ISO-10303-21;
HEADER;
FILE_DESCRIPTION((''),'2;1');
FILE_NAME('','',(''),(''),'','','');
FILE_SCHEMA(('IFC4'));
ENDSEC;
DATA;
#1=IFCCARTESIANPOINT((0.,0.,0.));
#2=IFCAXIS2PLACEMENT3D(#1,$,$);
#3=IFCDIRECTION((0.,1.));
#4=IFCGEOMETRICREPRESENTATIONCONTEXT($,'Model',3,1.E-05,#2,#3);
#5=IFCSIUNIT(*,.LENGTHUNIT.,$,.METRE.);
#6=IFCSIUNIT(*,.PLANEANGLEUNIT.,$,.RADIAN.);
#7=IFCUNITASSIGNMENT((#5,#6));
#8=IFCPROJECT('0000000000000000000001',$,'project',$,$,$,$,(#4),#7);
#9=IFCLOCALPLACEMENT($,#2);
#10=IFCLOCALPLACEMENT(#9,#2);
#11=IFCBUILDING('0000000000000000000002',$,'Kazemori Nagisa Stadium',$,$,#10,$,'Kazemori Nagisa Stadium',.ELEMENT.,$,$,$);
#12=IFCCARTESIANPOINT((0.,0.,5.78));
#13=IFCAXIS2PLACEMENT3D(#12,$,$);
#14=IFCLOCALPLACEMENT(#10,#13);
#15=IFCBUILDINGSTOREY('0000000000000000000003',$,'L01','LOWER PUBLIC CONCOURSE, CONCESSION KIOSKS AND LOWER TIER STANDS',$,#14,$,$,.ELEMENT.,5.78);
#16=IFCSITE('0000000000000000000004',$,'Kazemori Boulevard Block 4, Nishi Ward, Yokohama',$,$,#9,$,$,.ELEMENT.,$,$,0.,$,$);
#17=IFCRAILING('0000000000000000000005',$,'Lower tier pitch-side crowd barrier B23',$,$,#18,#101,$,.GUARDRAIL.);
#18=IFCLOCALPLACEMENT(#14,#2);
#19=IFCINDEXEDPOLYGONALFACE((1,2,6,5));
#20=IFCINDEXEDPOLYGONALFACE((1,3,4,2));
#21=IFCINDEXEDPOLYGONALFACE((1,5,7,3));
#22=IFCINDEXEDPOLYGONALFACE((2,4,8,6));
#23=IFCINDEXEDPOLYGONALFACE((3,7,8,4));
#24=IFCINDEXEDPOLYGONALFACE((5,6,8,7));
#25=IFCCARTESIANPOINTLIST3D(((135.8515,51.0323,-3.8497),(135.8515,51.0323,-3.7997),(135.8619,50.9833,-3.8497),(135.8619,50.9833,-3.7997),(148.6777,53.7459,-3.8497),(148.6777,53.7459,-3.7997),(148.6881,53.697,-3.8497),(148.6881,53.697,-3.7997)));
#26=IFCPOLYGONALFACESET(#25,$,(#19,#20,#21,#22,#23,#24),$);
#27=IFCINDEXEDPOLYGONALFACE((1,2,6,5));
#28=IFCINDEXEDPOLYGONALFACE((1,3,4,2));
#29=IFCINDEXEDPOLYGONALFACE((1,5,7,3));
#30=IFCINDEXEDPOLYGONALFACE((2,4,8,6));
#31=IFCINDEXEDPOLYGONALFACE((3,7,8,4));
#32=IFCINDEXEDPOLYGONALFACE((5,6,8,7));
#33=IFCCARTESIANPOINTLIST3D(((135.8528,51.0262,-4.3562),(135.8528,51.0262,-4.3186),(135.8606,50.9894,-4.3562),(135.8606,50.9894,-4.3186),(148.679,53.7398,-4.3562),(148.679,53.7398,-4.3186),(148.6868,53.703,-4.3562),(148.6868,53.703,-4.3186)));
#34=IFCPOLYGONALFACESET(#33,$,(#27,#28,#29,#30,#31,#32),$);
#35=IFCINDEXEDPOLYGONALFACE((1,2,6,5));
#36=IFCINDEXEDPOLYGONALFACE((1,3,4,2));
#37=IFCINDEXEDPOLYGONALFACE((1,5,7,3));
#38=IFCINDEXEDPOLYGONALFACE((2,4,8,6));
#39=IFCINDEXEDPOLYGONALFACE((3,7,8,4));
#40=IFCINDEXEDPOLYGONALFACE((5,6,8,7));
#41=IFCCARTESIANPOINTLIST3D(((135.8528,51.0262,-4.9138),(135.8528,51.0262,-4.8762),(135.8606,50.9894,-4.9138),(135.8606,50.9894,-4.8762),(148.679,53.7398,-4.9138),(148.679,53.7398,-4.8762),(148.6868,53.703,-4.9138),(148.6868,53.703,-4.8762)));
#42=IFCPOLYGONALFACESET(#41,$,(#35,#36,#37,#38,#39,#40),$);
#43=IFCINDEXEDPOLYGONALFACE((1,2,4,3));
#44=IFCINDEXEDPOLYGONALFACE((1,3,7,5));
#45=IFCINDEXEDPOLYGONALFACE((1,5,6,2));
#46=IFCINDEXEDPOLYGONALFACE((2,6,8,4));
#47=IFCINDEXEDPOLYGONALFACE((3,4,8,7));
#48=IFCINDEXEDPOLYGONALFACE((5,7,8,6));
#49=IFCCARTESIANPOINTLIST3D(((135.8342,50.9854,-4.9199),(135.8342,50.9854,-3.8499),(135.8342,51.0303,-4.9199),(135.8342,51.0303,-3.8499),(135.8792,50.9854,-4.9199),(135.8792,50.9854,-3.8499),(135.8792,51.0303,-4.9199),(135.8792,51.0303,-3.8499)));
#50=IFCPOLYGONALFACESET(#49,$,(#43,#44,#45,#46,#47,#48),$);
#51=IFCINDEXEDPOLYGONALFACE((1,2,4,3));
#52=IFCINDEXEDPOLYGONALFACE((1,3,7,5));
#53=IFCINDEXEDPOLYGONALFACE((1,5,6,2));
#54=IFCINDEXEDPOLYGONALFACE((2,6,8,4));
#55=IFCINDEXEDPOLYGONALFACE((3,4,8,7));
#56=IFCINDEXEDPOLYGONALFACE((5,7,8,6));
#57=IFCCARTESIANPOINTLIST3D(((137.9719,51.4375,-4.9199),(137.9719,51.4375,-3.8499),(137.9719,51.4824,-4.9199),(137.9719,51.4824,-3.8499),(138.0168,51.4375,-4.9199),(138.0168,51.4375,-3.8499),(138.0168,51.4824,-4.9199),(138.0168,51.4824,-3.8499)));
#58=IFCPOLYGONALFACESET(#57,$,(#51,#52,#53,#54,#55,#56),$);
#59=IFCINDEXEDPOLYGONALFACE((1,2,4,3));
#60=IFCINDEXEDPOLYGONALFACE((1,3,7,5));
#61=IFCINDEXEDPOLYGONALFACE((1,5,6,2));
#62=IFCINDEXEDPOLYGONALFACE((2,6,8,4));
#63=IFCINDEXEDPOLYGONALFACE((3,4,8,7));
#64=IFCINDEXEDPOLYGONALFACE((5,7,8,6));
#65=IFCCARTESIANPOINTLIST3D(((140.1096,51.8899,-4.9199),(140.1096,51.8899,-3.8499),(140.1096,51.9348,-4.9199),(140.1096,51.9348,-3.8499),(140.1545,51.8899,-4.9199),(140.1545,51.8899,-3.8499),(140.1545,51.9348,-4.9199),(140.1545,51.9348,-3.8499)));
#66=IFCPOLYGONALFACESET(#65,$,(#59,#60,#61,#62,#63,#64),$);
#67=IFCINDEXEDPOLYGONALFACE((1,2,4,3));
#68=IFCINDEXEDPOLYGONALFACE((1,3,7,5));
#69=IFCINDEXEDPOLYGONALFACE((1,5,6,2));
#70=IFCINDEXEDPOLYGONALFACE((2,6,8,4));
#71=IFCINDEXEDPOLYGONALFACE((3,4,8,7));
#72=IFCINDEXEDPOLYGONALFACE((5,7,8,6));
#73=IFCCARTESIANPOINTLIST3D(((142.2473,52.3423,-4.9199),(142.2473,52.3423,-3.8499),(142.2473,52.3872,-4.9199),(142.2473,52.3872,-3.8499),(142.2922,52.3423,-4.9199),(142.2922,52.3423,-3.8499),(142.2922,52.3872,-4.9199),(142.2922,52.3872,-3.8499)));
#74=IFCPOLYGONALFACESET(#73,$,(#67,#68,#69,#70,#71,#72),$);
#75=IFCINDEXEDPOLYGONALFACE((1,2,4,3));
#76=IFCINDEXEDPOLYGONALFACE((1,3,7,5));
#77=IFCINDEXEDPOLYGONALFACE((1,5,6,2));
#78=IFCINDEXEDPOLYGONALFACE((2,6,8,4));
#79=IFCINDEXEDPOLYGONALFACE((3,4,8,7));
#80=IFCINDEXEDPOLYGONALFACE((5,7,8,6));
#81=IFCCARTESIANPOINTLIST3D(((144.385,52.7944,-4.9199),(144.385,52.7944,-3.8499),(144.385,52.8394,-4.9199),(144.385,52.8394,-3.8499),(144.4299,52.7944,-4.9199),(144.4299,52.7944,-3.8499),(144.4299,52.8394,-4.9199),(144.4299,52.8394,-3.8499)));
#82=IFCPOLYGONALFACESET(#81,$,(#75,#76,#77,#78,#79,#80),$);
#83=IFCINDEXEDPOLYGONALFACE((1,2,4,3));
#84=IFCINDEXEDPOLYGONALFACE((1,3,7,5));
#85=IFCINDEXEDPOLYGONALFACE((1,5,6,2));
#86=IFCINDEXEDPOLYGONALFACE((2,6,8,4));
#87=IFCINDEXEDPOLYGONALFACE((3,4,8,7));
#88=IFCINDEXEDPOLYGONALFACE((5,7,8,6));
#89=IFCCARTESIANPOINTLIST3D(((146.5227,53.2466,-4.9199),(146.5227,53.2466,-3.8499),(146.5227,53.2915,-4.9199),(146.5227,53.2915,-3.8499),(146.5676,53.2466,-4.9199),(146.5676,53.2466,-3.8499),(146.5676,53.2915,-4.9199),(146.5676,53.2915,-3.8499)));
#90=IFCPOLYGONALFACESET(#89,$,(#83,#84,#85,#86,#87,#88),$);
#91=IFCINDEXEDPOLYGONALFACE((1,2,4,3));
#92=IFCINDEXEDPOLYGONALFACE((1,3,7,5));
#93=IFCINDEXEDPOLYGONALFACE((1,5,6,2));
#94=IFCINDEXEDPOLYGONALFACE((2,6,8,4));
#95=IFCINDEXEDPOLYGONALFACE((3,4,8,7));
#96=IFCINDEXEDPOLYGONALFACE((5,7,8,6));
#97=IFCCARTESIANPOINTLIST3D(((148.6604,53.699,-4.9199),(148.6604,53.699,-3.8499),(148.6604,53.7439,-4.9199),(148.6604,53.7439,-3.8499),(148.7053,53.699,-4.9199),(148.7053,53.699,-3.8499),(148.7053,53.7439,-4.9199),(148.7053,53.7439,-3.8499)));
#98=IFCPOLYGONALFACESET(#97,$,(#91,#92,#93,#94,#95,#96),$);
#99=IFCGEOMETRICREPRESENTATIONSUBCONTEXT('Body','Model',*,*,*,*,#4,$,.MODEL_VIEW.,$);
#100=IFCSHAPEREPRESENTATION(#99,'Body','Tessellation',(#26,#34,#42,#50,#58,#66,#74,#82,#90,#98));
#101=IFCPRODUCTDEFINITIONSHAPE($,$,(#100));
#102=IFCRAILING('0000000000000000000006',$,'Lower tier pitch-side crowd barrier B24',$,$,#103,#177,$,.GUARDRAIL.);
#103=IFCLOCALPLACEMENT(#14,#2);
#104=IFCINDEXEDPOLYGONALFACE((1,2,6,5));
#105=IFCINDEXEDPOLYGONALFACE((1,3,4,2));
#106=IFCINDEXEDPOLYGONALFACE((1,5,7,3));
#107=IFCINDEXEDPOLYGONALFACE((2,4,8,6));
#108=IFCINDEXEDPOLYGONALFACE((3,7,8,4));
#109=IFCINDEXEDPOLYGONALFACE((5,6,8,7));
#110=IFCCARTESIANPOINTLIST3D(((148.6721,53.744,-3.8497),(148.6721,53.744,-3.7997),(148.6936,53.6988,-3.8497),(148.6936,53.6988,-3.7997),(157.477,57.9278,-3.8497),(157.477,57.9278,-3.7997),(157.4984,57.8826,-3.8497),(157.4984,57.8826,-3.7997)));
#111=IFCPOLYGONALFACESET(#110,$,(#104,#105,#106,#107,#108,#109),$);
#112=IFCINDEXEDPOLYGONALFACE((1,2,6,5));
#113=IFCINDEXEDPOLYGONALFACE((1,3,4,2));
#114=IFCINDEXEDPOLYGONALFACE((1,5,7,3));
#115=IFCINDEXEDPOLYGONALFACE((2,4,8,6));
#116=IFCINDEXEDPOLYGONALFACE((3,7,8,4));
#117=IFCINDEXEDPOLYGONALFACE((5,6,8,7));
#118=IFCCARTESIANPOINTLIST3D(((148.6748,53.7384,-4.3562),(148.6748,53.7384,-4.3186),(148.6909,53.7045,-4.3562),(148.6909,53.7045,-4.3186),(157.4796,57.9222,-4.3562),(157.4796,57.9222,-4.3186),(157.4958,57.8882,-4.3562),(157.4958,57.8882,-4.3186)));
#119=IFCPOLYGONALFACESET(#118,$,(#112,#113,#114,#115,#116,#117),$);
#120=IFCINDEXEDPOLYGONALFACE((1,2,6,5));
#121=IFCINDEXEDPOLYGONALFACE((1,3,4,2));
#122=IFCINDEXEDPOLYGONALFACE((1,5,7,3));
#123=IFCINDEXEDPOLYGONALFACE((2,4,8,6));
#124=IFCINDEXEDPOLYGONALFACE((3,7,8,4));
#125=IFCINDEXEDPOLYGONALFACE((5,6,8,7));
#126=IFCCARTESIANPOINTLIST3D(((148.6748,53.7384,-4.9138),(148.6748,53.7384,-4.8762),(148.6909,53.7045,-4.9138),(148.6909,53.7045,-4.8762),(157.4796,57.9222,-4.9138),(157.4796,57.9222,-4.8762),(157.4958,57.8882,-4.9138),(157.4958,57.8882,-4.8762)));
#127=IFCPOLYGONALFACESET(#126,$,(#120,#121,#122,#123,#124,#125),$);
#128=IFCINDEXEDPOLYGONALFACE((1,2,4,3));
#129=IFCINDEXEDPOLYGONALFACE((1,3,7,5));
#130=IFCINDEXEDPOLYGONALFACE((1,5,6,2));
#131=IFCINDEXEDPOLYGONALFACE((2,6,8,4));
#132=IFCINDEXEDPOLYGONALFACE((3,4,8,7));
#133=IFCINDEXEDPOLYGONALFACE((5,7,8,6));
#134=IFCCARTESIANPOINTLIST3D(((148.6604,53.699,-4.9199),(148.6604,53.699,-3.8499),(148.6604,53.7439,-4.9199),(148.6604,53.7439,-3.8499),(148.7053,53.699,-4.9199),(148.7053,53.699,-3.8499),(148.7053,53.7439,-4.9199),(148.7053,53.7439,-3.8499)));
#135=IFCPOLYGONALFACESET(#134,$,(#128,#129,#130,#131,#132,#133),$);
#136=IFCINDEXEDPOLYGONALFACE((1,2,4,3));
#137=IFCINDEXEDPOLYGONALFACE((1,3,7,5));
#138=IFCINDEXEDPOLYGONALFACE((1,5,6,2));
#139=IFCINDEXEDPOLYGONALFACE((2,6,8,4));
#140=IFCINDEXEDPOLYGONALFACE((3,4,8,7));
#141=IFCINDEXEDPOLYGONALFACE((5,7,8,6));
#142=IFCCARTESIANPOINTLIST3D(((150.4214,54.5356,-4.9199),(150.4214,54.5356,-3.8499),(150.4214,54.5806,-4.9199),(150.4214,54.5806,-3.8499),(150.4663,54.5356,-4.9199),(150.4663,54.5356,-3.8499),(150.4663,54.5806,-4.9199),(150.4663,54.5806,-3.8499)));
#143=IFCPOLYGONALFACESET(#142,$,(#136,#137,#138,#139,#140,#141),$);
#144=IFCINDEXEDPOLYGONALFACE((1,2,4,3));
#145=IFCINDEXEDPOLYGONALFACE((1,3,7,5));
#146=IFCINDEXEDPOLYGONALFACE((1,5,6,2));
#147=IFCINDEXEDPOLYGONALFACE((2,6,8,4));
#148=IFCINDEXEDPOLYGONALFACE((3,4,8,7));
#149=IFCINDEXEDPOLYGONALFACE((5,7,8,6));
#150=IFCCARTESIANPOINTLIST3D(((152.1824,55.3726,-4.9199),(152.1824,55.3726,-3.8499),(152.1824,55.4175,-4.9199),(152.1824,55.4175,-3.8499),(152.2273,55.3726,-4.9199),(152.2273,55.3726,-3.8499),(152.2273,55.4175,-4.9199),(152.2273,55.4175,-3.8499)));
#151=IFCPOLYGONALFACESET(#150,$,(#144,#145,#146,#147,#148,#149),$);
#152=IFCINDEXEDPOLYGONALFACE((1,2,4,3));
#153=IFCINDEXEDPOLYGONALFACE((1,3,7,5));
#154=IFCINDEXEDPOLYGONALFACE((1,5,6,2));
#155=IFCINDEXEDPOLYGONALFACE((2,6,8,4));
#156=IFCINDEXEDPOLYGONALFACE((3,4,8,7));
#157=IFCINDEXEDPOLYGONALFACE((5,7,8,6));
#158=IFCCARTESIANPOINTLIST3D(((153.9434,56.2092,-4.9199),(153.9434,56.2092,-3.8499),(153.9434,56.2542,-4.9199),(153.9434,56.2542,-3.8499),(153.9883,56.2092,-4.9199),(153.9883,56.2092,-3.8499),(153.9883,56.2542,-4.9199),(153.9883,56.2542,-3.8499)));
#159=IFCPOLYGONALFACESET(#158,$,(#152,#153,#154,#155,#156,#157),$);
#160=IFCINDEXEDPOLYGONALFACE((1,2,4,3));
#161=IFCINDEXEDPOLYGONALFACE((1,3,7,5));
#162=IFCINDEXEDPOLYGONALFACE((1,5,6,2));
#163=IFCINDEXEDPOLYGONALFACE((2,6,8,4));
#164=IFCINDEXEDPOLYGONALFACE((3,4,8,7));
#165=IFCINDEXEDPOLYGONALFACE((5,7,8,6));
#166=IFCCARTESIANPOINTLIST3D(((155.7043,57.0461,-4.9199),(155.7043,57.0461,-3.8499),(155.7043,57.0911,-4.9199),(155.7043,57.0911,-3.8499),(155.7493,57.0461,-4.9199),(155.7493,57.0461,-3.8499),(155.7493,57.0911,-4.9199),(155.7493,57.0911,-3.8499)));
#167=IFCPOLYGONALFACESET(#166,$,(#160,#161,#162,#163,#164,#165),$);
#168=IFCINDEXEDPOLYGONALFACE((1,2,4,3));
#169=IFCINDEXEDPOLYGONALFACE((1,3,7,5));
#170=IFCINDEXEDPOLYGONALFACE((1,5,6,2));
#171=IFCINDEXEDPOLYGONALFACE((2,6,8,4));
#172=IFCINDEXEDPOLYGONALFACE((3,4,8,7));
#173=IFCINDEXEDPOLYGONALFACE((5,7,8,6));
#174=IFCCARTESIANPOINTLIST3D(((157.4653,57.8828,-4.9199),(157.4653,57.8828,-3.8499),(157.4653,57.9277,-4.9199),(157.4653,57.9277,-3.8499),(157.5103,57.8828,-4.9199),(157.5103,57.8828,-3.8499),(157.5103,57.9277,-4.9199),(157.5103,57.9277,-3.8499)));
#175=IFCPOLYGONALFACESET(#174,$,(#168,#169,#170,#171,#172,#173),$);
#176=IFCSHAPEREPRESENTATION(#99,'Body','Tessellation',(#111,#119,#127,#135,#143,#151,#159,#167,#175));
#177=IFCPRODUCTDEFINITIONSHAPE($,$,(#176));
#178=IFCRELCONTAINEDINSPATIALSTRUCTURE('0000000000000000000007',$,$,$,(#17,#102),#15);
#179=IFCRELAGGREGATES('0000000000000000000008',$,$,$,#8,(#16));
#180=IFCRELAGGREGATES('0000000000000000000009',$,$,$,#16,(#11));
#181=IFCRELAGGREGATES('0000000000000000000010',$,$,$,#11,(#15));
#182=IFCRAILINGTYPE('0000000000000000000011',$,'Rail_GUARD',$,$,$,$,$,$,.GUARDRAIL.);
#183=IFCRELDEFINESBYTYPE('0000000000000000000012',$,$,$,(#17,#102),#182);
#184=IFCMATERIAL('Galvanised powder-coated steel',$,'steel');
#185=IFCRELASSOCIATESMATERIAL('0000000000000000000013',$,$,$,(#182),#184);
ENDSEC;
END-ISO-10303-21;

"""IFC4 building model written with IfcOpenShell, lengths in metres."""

from ifc_helpers import new_model, si_unit, direction, frame, origin, origin_2d, place, context, subcontext, project, spatial, rectangle, extrude, material, type_object, element, save


model = new_model("IFC4")

# Units and contexts
model_context = context("Model", 3, precision=1e-05, world=origin(), true_north=direction((0.0, 1.0)))
body_context = subcontext(model_context, "Body", "Model", "MODEL_VIEW")
ifc_project = project(units=[si_unit("LENGTHUNIT", "METRE"), si_unit("PLANEANGLEUNIT", "RADIAN")], contexts=[model_context])

# Site, building, storey
site_placement = place(None, origin())
site = spatial("IfcSite", under=ifc_project, at=site_placement, Name="Kazemori Boulevard Block 4, Nishi Ward, Yokohama", CompositionType="ELEMENT", RefElevation=0.0)
building_placement = place(site_placement, origin())
building = spatial("IfcBuilding", under=site, at=building_placement, Name="Kazemori Nagisa Stadium", LongName="Kazemori Nagisa Stadium", CompositionType="ELEMENT")
storey_placement = place(building_placement, frame((0.0, 0.0, 5.78)))
storey = spatial("IfcBuildingStorey", under=building, at=storey_placement, Name="L01", Description="LOWER PUBLIC CONCOURSE, CONCESSION KIOSKS AND LOWER TIER STANDS", CompositionType="ELEMENT", Elevation=5.78)

# Railings
ifc_material_1 = material(Name="Galvanised powder-coated steel", Category="steel")
railing_type_1 = type_object("IfcRailingType", Name="Rail_GUARD", PredefinedType="GUARDRAIL", material=ifc_material_1)
railing_1_placement = place(storey_placement, frame((135.8567, 51.0078, -4.9199)))
element("IfcRailing", 1, at=railing_1_placement, inside=storey, type_object=railing_type_1, Name="Lower tier pitch-side crowd barrier B23", PredefinedType="GUARDRAIL", context=body_context, shape_type="SweptSolid", body=[
    extrude(rectangle(XDim=0.05, YDim=0.05, at=origin_2d()), frame((0.0, 0.0, 1.0952), z_axis=(0.978344, 0.206987, 0.0), x_axis=(-0.206987, 0.978344, 0.0)), (0.0, 0.0, 1.0), 13.1101),
    extrude(rectangle(XDim=0.0376, YDim=0.0376, at=origin_2d()), frame((0.0, 0.0, 0.5825), z_axis=(0.978344, 0.206987, 0.0), x_axis=(-0.206987, 0.978344, 0.0)), (0.0, 0.0, 1.0), 13.1101),
    extrude(rectangle(XDim=0.0376, YDim=0.0376, at=origin_2d()), frame((0.0, 0.0, 0.0249), z_axis=(0.978344, 0.206987, 0.0), x_axis=(-0.206987, 0.978344, 0.0)), (0.0, 0.0, 1.0), 13.1101),
    extrude(rectangle(XDim=0.0449, YDim=0.0449, at=origin_2d()), origin(), (0.0, 0.0, 1.0), 1.0701),
    extrude(rectangle(XDim=0.0449, YDim=0.0449, at=origin_2d()), frame((2.1377, 0.4521, 0.0)), (0.0, 0.0, 1.0), 1.0701),
    extrude(rectangle(XDim=0.0449, YDim=0.0449, at=origin_2d()), frame((4.2754, 0.9045, 0.0)), (0.0, 0.0, 1.0), 1.0701),
    extrude(rectangle(XDim=0.0449, YDim=0.0449, at=origin_2d()), frame((6.4131, 1.3569, 0.0)), (0.0, 0.0, 1.0), 1.0701),
    extrude(rectangle(XDim=0.0449, YDim=0.0449, at=origin_2d()), frame((8.5508, 1.8091, 0.0)), (0.0, 0.0, 1.0), 1.0701),
    extrude(rectangle(XDim=0.0449, YDim=0.0449, at=origin_2d()), frame((10.6885, 2.2612, 0.0)), (0.0, 0.0, 1.0), 1.0701),
    extrude(rectangle(XDim=0.0449, YDim=0.0449, at=origin_2d()), frame((12.8262, 2.7136, 0.0)), (0.0, 0.0, 1.0), 1.0701),
])
railing_2_placement = place(storey_placement, frame((148.6829, 53.7214, -4.9199)))
element("IfcRailing", 2, at=railing_2_placement, inside=storey, type_object=railing_type_1, Name="Lower tier pitch-side crowd barrier B24", PredefinedType="GUARDRAIL", context=body_context, shape_type="SweptSolid", body=[
    extrude(rectangle(XDim=0.05, YDim=0.05, at=origin_2d()), frame((0.0, 0.0, 1.0952), z_axis=(0.903218, 0.429182, 0.0), x_axis=(-0.429182, 0.903218, 0.0)), (0.0, 0.0, 1.0), 9.7483),
    extrude(rectangle(XDim=0.0376, YDim=0.0376, at=origin_2d()), frame((0.0, 0.0, 0.5825), z_axis=(0.903218, 0.429182, 0.0), x_axis=(-0.429182, 0.903218, 0.0)), (0.0, 0.0, 1.0), 9.7483),
    extrude(rectangle(XDim=0.0376, YDim=0.0376, at=origin_2d()), frame((0.0, 0.0, 0.0249), z_axis=(0.903218, 0.429182, 0.0), x_axis=(-0.429182, 0.903218, 0.0)), (0.0, 0.0, 1.0), 9.7483),
    extrude(rectangle(XDim=0.0449, YDim=0.0449, at=origin_2d()), origin(), (0.0, 0.0, 1.0), 1.0701),
    extrude(rectangle(XDim=0.0449, YDim=0.0449, at=origin_2d()), frame((1.761, 0.8367, 0.0)), (0.0, 0.0, 1.0), 1.0701),
    extrude(rectangle(XDim=0.0449, YDim=0.0449, at=origin_2d()), frame((3.522, 1.6736, 0.0)), (0.0, 0.0, 1.0), 1.0701),
    extrude(rectangle(XDim=0.0449, YDim=0.0449, at=origin_2d()), frame((5.283, 2.5103, 0.0)), (0.0, 0.0, 1.0), 1.0701),
    extrude(rectangle(XDim=0.0449, YDim=0.0449, at=origin_2d()), frame((7.0439, 3.3472, 0.0)), (0.0, 0.0, 1.0), 1.0701),
    extrude(rectangle(XDim=0.0449, YDim=0.0449, at=origin_2d()), frame((8.8049, 4.1838, 0.0)), (0.0, 0.0, 1.0), 1.0701),
])

save(model, "model.ifc")
